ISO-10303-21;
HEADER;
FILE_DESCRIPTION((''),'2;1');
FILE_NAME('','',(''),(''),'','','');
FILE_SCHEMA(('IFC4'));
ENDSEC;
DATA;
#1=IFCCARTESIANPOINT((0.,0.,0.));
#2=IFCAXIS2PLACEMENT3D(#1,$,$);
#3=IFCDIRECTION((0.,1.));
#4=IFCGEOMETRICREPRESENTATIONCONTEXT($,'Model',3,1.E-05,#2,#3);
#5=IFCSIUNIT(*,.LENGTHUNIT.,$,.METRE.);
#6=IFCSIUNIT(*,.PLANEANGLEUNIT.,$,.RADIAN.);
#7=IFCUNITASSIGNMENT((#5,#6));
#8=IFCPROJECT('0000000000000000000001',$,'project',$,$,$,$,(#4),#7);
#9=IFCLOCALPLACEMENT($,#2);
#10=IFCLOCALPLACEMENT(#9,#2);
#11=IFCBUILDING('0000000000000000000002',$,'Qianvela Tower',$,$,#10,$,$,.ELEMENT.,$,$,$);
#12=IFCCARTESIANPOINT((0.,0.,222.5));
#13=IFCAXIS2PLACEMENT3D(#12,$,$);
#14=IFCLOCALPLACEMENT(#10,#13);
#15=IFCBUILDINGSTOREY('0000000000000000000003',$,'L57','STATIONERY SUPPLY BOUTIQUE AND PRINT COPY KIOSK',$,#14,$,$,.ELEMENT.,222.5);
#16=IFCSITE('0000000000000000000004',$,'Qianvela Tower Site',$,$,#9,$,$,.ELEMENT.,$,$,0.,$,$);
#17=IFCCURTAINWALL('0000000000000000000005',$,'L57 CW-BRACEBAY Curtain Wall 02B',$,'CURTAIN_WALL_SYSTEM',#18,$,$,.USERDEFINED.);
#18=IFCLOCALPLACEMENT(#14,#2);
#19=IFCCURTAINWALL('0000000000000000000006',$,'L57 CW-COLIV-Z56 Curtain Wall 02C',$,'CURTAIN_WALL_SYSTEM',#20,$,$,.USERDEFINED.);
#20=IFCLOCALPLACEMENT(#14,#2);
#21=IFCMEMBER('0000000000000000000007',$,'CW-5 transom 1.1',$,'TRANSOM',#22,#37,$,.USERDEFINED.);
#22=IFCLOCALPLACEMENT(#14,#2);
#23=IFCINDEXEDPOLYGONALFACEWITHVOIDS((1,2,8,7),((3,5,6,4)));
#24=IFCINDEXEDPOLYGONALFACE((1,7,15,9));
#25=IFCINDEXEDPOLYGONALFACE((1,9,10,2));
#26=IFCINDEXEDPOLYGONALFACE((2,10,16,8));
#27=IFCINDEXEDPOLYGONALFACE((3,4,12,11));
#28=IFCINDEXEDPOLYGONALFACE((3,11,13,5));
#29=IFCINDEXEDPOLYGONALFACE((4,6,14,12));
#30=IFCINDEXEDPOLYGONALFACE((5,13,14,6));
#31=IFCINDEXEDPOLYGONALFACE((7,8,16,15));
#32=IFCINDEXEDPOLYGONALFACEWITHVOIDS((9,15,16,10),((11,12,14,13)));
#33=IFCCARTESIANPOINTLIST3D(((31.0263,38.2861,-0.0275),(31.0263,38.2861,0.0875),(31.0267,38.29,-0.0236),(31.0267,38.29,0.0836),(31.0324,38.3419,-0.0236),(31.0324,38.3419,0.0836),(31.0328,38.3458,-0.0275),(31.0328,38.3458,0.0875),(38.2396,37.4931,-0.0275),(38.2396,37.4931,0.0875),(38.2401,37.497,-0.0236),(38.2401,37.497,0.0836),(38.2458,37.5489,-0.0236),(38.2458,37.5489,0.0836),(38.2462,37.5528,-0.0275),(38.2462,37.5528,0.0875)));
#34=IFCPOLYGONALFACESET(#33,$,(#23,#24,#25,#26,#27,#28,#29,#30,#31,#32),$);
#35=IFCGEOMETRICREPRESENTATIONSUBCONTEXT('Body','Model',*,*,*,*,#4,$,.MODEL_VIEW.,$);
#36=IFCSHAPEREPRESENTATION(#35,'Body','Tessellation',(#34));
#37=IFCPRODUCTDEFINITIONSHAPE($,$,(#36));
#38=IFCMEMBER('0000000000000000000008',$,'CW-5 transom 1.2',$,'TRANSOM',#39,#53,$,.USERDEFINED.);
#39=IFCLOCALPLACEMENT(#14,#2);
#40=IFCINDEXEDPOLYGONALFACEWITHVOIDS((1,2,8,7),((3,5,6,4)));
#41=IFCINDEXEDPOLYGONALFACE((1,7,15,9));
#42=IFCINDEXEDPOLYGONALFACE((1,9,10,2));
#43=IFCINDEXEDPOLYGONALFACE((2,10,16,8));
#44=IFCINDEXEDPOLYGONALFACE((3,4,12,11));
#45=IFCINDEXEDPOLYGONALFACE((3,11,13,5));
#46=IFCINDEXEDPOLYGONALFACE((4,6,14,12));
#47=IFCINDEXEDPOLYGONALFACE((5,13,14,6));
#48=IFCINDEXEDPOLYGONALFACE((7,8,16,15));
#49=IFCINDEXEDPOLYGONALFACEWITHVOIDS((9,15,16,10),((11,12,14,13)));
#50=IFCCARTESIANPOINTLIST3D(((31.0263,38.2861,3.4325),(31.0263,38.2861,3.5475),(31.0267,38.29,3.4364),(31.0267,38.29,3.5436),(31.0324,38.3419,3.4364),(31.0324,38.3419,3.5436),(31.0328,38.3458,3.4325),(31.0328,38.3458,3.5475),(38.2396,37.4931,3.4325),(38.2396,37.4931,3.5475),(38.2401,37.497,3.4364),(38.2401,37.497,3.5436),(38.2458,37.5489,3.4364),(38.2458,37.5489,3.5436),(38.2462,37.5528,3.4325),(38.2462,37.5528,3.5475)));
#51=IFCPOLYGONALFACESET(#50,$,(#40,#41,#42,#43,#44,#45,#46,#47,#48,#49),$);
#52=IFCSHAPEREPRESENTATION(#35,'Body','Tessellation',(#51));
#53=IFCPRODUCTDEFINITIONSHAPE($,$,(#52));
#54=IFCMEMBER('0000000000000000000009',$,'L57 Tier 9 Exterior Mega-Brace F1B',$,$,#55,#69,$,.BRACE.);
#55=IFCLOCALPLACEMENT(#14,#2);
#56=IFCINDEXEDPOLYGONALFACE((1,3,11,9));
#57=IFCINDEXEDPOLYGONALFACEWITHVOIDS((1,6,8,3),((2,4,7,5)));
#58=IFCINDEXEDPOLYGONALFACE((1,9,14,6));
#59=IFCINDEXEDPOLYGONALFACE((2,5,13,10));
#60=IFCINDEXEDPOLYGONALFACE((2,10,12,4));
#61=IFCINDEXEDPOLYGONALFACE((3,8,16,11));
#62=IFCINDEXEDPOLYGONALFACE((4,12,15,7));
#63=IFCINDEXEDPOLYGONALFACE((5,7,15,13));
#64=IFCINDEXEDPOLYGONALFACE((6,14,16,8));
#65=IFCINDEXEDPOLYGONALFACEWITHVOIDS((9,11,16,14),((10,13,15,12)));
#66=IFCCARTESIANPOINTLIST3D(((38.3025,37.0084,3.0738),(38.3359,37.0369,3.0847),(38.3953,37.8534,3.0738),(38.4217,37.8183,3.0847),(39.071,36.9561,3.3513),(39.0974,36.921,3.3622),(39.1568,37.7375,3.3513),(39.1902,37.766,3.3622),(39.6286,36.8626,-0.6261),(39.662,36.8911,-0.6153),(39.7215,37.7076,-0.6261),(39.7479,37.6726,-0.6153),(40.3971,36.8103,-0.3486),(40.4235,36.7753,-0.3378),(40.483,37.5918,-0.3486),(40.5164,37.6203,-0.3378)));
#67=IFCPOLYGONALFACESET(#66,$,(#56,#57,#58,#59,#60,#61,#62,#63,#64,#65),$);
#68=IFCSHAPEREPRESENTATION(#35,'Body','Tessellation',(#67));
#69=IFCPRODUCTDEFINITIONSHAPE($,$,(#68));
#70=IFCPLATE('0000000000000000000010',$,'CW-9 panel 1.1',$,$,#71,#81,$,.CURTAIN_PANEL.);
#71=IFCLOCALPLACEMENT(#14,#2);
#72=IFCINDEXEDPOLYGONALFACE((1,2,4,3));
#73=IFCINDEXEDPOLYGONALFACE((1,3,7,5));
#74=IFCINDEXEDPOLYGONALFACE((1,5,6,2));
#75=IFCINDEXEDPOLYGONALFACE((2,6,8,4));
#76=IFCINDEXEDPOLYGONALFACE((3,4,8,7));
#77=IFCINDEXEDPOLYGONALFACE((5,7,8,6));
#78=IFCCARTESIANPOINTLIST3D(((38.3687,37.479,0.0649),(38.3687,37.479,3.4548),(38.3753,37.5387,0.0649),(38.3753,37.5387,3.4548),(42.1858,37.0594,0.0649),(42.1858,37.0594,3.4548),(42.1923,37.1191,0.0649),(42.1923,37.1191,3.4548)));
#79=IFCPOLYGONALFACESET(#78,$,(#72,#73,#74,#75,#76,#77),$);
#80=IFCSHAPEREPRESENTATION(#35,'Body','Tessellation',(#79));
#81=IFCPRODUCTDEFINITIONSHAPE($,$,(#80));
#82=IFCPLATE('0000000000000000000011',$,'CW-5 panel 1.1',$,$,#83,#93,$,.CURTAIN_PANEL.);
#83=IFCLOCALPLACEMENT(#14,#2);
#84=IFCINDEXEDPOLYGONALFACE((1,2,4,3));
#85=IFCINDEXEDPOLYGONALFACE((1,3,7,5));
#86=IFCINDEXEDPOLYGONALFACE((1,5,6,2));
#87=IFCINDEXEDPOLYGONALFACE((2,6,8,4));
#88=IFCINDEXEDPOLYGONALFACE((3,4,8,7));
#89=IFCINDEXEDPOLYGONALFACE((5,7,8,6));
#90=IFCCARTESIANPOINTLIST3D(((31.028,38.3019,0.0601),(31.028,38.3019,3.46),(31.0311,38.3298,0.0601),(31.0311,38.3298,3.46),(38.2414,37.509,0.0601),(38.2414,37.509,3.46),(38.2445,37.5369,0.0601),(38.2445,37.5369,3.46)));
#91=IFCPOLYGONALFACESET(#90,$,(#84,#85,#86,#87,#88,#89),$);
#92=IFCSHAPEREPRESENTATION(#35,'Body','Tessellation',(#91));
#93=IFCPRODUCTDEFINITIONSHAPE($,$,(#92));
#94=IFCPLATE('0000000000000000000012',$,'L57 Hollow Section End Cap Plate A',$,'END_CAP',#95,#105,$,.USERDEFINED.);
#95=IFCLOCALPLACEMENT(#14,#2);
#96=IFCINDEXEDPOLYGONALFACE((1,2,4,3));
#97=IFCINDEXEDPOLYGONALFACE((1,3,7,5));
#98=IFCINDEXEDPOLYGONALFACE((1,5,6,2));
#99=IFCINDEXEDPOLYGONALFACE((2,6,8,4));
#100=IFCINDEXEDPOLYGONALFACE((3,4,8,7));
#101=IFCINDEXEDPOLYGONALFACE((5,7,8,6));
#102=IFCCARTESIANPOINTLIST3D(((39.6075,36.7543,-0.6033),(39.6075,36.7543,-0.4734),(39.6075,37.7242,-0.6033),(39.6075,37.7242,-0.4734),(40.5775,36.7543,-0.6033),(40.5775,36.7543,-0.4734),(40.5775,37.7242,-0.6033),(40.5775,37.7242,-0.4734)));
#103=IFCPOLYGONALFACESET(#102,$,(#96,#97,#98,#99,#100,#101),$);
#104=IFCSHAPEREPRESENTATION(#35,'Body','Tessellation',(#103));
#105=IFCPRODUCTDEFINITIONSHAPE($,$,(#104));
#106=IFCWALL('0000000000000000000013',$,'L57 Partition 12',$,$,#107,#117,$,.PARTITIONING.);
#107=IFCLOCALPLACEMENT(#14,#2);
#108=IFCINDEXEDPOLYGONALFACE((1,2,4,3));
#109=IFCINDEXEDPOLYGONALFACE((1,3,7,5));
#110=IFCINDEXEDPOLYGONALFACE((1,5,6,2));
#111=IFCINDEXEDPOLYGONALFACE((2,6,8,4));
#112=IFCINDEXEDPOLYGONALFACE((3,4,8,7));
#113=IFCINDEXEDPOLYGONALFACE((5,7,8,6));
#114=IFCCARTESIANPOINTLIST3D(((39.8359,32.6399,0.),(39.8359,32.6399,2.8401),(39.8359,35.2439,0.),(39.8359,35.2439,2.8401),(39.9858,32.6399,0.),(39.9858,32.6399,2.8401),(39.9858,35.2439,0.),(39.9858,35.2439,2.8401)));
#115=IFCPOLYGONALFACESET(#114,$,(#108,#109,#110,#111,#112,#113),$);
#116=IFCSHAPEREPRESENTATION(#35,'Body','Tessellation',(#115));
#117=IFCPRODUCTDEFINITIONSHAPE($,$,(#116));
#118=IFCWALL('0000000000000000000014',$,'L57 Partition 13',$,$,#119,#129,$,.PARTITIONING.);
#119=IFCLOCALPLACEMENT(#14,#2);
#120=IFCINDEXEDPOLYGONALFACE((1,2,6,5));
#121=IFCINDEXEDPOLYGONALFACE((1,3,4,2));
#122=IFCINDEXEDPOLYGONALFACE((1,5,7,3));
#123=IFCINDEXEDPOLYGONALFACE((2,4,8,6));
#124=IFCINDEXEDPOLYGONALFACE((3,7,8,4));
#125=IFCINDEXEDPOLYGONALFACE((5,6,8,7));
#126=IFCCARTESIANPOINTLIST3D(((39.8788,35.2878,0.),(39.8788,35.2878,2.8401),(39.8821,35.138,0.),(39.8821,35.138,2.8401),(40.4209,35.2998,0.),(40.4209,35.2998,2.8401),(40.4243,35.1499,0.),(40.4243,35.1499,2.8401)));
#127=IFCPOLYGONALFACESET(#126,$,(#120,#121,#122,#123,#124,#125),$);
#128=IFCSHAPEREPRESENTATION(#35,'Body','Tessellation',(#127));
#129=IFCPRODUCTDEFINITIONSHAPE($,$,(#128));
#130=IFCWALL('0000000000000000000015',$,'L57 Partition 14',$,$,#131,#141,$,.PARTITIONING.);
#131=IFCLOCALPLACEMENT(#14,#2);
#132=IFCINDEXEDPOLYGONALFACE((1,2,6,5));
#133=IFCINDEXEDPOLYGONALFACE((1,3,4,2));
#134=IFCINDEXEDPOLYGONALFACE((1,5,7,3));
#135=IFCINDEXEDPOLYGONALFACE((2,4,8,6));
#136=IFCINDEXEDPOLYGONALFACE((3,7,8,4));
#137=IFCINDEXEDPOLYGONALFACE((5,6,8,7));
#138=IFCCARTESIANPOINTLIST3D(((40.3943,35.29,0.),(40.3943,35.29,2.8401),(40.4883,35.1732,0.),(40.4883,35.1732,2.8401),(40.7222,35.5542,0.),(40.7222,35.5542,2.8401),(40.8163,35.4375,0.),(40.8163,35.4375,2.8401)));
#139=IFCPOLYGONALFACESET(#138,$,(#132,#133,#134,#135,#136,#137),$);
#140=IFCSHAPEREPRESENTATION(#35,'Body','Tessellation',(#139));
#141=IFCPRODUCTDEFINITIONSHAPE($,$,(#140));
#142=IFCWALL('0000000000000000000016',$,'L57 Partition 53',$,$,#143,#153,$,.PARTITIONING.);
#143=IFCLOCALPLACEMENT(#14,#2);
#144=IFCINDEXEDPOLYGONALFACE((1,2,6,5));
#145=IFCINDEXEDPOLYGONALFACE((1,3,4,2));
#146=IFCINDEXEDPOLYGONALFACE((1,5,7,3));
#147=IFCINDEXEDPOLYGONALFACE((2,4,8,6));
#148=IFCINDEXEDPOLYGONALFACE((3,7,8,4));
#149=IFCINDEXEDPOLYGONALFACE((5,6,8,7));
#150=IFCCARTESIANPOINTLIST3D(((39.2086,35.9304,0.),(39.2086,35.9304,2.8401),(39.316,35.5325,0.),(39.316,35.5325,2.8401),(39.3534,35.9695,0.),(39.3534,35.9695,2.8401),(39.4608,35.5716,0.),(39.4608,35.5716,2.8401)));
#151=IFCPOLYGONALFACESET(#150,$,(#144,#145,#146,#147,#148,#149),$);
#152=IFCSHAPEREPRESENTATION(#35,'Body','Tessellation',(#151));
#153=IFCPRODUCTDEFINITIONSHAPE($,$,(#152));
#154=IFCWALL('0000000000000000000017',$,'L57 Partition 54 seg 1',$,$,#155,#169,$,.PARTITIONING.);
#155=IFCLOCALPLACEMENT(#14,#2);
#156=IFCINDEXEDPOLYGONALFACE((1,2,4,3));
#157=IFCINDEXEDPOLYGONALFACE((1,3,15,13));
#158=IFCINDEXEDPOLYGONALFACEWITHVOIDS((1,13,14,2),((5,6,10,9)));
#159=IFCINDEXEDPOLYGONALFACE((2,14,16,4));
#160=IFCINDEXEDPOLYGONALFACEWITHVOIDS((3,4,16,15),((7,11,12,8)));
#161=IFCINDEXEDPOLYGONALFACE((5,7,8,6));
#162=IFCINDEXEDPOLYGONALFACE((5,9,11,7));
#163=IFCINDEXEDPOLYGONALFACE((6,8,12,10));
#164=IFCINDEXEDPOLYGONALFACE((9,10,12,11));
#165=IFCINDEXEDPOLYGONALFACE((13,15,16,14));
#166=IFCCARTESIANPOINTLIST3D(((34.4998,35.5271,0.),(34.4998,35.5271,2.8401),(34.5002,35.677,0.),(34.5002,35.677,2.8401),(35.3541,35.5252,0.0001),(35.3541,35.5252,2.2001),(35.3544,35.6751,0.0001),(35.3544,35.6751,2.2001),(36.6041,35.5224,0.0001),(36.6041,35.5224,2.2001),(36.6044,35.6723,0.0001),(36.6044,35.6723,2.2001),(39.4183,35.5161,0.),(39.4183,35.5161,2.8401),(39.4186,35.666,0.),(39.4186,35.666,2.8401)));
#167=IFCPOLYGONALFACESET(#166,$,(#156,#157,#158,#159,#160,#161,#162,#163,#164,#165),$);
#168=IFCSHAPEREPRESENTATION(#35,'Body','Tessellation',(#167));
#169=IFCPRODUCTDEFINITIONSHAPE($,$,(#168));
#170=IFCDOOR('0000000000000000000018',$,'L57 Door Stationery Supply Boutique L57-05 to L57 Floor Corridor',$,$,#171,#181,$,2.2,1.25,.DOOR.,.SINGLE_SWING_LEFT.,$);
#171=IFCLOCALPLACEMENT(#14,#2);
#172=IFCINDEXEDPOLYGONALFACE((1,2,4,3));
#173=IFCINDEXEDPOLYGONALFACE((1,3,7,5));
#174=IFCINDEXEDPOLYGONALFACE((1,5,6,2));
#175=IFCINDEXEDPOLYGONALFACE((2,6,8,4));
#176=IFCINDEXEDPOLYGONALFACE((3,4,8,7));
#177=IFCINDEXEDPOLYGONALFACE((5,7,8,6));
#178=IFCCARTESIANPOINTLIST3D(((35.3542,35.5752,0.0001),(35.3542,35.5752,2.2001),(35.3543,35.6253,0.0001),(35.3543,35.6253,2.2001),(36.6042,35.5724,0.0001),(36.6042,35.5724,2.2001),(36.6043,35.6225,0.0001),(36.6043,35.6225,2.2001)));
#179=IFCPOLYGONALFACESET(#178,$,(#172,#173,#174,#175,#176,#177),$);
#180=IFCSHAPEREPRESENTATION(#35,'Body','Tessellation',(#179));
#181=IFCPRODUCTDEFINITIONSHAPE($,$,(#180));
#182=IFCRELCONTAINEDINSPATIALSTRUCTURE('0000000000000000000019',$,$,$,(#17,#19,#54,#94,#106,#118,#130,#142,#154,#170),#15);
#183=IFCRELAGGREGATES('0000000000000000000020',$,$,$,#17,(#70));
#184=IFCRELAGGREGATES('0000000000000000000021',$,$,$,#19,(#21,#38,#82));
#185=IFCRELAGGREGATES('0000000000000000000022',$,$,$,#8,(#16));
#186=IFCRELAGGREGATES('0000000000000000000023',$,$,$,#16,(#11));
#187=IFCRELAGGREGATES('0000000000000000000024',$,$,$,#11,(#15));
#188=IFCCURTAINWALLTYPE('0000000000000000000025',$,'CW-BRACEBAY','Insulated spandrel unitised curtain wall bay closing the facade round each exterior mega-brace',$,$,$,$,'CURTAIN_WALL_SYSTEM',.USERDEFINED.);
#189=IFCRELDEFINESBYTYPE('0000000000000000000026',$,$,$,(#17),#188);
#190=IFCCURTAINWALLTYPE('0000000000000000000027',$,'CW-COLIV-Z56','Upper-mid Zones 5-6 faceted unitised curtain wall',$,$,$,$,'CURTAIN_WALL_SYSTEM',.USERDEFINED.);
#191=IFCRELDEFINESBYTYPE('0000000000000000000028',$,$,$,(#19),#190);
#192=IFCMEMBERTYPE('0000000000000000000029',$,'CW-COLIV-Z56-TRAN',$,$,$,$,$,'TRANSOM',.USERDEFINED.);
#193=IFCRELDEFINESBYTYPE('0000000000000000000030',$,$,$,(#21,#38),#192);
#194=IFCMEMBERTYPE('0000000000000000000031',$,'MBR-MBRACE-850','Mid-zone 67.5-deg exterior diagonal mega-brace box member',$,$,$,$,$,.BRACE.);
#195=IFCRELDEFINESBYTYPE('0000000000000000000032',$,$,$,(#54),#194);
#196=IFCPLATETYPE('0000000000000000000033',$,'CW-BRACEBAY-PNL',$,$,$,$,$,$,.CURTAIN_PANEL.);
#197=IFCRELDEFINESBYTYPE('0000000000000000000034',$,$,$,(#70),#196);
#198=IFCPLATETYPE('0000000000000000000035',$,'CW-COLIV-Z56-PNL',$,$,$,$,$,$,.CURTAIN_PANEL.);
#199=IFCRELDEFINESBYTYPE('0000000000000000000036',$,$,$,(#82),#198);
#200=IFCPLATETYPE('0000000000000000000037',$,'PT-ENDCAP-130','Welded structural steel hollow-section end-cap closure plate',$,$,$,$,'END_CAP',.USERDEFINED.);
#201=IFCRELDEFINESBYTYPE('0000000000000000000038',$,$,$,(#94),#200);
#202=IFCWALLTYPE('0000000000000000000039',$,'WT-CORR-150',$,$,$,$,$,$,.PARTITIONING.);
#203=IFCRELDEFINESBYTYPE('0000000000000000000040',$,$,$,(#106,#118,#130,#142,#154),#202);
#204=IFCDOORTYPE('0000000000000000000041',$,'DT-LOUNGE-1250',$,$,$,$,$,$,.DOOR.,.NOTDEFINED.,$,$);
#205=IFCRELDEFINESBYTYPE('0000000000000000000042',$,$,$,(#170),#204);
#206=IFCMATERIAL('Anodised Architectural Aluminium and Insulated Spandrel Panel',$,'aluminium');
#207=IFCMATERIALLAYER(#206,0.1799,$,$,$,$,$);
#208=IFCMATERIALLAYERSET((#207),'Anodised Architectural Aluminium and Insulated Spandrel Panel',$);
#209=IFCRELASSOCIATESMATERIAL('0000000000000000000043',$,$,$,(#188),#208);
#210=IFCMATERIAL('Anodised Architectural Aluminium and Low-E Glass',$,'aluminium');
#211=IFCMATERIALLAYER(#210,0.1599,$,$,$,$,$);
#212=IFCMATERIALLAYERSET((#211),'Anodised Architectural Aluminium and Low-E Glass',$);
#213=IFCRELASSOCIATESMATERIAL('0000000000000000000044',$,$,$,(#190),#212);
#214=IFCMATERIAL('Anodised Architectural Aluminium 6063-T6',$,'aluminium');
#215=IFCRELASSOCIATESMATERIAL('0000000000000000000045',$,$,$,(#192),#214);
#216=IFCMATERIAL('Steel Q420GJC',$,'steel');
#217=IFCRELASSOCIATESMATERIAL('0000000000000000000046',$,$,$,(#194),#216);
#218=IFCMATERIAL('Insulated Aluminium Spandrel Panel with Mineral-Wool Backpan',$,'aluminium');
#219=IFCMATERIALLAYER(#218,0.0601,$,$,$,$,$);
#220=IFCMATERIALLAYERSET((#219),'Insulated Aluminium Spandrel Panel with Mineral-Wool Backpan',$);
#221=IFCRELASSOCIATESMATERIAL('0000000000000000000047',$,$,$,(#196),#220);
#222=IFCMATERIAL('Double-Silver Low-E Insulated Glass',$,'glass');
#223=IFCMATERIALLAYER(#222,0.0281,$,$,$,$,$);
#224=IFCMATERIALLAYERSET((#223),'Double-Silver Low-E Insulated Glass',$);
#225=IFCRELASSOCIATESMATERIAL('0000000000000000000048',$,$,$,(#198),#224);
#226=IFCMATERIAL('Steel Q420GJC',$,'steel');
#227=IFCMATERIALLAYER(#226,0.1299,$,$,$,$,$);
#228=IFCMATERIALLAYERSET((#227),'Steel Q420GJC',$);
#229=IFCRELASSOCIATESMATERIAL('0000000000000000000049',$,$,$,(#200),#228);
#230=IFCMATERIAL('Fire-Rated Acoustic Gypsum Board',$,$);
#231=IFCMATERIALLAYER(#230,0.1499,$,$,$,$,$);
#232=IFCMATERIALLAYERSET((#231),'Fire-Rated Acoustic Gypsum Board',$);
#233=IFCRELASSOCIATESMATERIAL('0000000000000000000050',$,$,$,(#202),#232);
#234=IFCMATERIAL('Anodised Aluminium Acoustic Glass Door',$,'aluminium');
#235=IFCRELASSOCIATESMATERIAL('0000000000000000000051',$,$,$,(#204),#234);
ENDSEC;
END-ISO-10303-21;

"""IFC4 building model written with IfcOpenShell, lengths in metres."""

from ifc_helpers import new_model, si_unit, direction, frame, frame_2d, origin, origin_2d, place, context, subcontext, project, spatial, rectangle, hollow_rectangle, extrude, material, layer, layer_set, material_profile, profile_set, type_object, element, fill, aggregate, save


model = new_model("IFC4")

# Units and contexts
model_context = context("Model", 3, precision=1e-05, world=origin(), true_north=direction((0.0, 1.0)))
body_context = subcontext(model_context, "Body", "Model", "MODEL_VIEW")
ifc_project = project(units=[si_unit("LENGTHUNIT", "METRE"), si_unit("PLANEANGLEUNIT", "RADIAN")], contexts=[model_context])

# Site, building, storey
site_placement = place(None, origin())
site = spatial("IfcSite", under=ifc_project, at=site_placement, Name="Qianvela Tower Site", CompositionType="ELEMENT", RefElevation=0.0)
building_placement = place(site_placement, origin())
building = spatial("IfcBuilding", under=site, at=building_placement, Name="Qianvela Tower", CompositionType="ELEMENT")
storey_placement = place(building_placement, frame((0.0, 0.0, 222.5)))
storey = spatial("IfcBuildingStorey", under=building, at=storey_placement, Name="L57", Description="STATIONERY SUPPLY BOUTIQUE AND PRINT COPY KIOSK", CompositionType="ELEMENT", Elevation=222.5)

# Curtain wall
ifc_material_1 = material(Name="Anodised Architectural Aluminium and Insulated Spandrel Panel", Category="aluminium")
ifc_layer_1 = layer(ifc_material_1, 0.1799)
ifc_layer_set_1 = layer_set([ifc_layer_1], Name="Anodised Architectural Aluminium and Insulated Spandrel Panel")
curtain_wall_type_1 = type_object("IfcCurtainWallType", Name="CW-BRACEBAY", Description="Insulated spandrel unitised curtain wall bay closing the facade round each exterior mega-brace", ElementType="CURTAIN_WALL_SYSTEM", PredefinedType="USERDEFINED", material=ifc_layer_set_1)
curtain_wall_1_placement = place(storey_placement, origin())
curtain_wall_1 = element("IfcCurtainWall", 1, at=curtain_wall_1_placement, inside=storey, type_object=curtain_wall_type_1, Name="L57 CW-BRACEBAY Curtain Wall 02B", ObjectType="CURTAIN_WALL_SYSTEM", PredefinedType="USERDEFINED")

# Curtain wall, members
ifc_material_2 = material(Name="Anodised Architectural Aluminium and Low-E Glass", Category="aluminium")
ifc_layer_2 = layer(ifc_material_2, 0.1599)
ifc_layer_set_2 = layer_set([ifc_layer_2], Name="Anodised Architectural Aluminium and Low-E Glass")
curtain_wall_type_2 = type_object("IfcCurtainWallType", Name="CW-COLIV-Z56", Description="Upper-mid Zones 5-6 faceted unitised curtain wall", ElementType="CURTAIN_WALL_SYSTEM", PredefinedType="USERDEFINED", material=ifc_layer_set_2)
curtain_wall_2_placement = place(storey_placement, origin())
curtain_wall_2 = element("IfcCurtainWall", 2, at=curtain_wall_2_placement, inside=storey, type_object=curtain_wall_type_2, Name="L57 CW-COLIV-Z56 Curtain Wall 02C", ObjectType="CURTAIN_WALL_SYSTEM", PredefinedType="USERDEFINED")
ifc_material_3 = material(Name="Anodised Architectural Aluminium 6063-T6", Category="aluminium")
ifc_material_profile_1 = material_profile(ifc_material_3, hollow_rectangle(XDim=0.0601, YDim=0.115, WallThickness=0.0039, at=origin_2d()), Name="ALU-TRAN-60x115")
ifc_profile_set_1 = profile_set([ifc_material_profile_1], Name="Anodised Architectural Aluminium 6063-T6")
member_type_1 = type_object("IfcMemberType", Name="CW-COLIV-Z56-TRAN", ElementType="TRANSOM", PredefinedType="USERDEFINED", material=ifc_profile_set_1)
member_1_placement = place(storey_placement, frame((38.2429, 37.5229, 0.03), z_axis=(-0.994012, 0.109272, 0.0), x_axis=(-0.109272, -0.994012, 0.0)))
member_1 = element("IfcMember", 3, at=member_1_placement, type_object=member_type_1, Name="CW-5 transom 1.1", ObjectType="TRANSOM", PredefinedType="USERDEFINED", context=body_context, shape_type="SweptSolid", body=[
    extrude(hollow_rectangle(XDim=0.0601, YDim=0.115, WallThickness=0.0039, at=origin_2d()), origin(), (0.0, 0.0, 1.0), 7.2568),
])
member_2_placement = place(storey_placement, frame((38.2429, 37.5229, 3.49), z_axis=(-0.994012, 0.109272, 0.0), x_axis=(-0.109272, -0.994012, 0.0)))
member_2 = element("IfcMember", 4, at=member_2_placement, type_object=member_type_1, Name="CW-5 transom 1.2", ObjectType="TRANSOM", PredefinedType="USERDEFINED", context=body_context, shape_type="SweptSolid", body=[
    extrude(hollow_rectangle(XDim=0.0601, YDim=0.115, WallThickness=0.0039, at=origin_2d()), origin(), (0.0, 0.0, 1.0), 7.2568),
])

# Member
ifc_material_4 = material(Name="Steel Q420GJC", Category="steel")
ifc_material_profile_2 = material_profile(ifc_material_4, hollow_rectangle(XDim=0.8501, YDim=0.8501, WallThickness=0.032, at=origin_2d()), Name="MBOX-850x850x32")
ifc_profile_set_2 = profile_set([ifc_material_profile_2], Name="Steel Q420GJC")
member_type_2 = type_object("IfcMemberType", Name="MBR-MBRACE-850", Description="Mid-zone 67.5-deg exterior diagonal mega-brace box member", PredefinedType="BRACE", material=ifc_profile_set_2)
member_3_placement = place(storey_placement, frame((40.0725, 37.2415, -0.4819), z_axis=(-0.337179, 0.037057, 0.940711), x_axis=(-0.109246, -0.994015, 0.0)))
element("IfcMember", 5, at=member_3_placement, inside=storey, type_object=member_type_2, Name="L57 Tier 9 Exterior Mega-Brace F1B", PredefinedType="BRACE", context=body_context, shape_type="SweptSolid", body=[
    extrude(hollow_rectangle(XDim=0.8501, YDim=0.8501, WallThickness=0.032, at=origin_2d()), origin(), (0.0, 0.0, 1.0), 3.9331),
])

# Plates
ifc_material_5 = material(Name="Insulated Aluminium Spandrel Panel with Mineral-Wool Backpan", Category="aluminium")
ifc_layer_3 = layer(ifc_material_5, 0.0601)
ifc_layer_set_3 = layer_set([ifc_layer_3], Name="Insulated Aluminium Spandrel Panel with Mineral-Wool Backpan")
plate_type_1 = type_object("IfcPlateType", Name="CW-BRACEBAY-PNL", PredefinedType="CURTAIN_PANEL", material=ifc_layer_set_3)
plate_1_placement = place(storey_placement, frame((40.2805, 37.2991, 0.0649), z_axis=(0.0, 0.0, 1.0), x_axis=(-0.994012, 0.10927, 0.0)))
plate_1 = element("IfcPlate", 6, at=plate_1_placement, type_object=plate_type_1, Name="CW-9 panel 1.1", PredefinedType="CURTAIN_PANEL", context=body_context, shape_type="SweptSolid", body=[
    extrude(rectangle(XDim=3.8401, YDim=0.0601, at=origin_2d()), origin(), (0.0, 0.0, 1.0), 3.3899),
])
aggregate(curtain_wall_1, [plate_1])
ifc_material_6 = material(Name="Double-Silver Low-E Insulated Glass", Category="glass")
ifc_layer_4 = layer(ifc_material_6, 0.0281)
ifc_layer_set_4 = layer_set([ifc_layer_4], Name="Double-Silver Low-E Insulated Glass")
plate_type_2 = type_object("IfcPlateType", Name="CW-COLIV-Z56-PNL", PredefinedType="CURTAIN_PANEL", material=ifc_layer_set_4)
plate_2_placement = place(storey_placement, frame((34.6362, 37.9194, 0.0601), z_axis=(0.0, 0.0, 1.0), x_axis=(-0.994013, 0.109262, 0.0)))
plate_2 = element("IfcPlate", 7, at=plate_2_placement, type_object=plate_type_2, Name="CW-5 panel 1.1", PredefinedType="CURTAIN_PANEL", context=body_context, shape_type="SweptSolid", body=[
    extrude(rectangle(XDim=7.2568, YDim=0.0281, at=origin_2d()), origin(), (0.0, 0.0, 1.0), 3.3999),
])
aggregate(curtain_wall_2, [member_1, member_2, plate_2])
ifc_material_7 = material(Name="Steel Q420GJC", Category="steel")
ifc_layer_5 = layer(ifc_material_7, 0.1299)
ifc_layer_set_5 = layer_set([ifc_layer_5], Name="Steel Q420GJC")
plate_type_3 = type_object("IfcPlateType", Name="PT-ENDCAP-130", Description="Welded structural steel hollow-section end-cap closure plate", ElementType="END_CAP", PredefinedType="USERDEFINED", material=ifc_layer_set_5)
plate_3_placement = place(storey_placement, frame((40.0925, 37.2393, -0.6033), z_axis=(0.0, 0.0, 1.0), x_axis=(1.0, 0.0, 0.0)))
element("IfcPlate", 8, at=plate_3_placement, inside=storey, type_object=plate_type_3, Name="L57 Hollow Section End Cap Plate A", ObjectType="END_CAP", PredefinedType="USERDEFINED", context=body_context, shape_type="SweptSolid", body=[
    extrude(rectangle(XDim=0.97, YDim=0.97, at=origin_2d()), origin(), (0.0, 0.0, 1.0), 0.1299),
])

# Walls
ifc_material_8 = material(Name="Fire-Rated Acoustic Gypsum Board")
ifc_layer_6 = layer(ifc_material_8, 0.1499)
ifc_layer_set_6 = layer_set([ifc_layer_6], Name="Fire-Rated Acoustic Gypsum Board")
wall_type_1 = type_object("IfcWallType", Name="WT-CORR-150", PredefinedType="PARTITIONING", material=ifc_layer_set_6)
wall_1_placement = place(storey_placement, frame((39.9109, 32.6399, 0.0), z_axis=(0.0, 0.0, 1.0), x_axis=(0.0, 1.0, 0.0)))
element("IfcWall", 9, at=wall_1_placement, inside=storey, type_object=wall_type_1, Name="L57 Partition 12", PredefinedType="PARTITIONING", context=body_context, shape_type="SweptSolid", body=[
    extrude(rectangle(XDim=2.604, YDim=0.1499, at=frame_2d((1.302, 0.0))), origin(), (0.0, 0.0, 1.0), 2.8401),
])
wall_2_placement = place(storey_placement, frame((39.8806, 35.2129, 0.0), z_axis=(0.0, 0.0, 1.0), x_axis=(0.999757, 0.022067, 0.0)))
element("IfcWall", 10, at=wall_2_placement, inside=storey, type_object=wall_type_1, Name="L57 Partition 13", PredefinedType="PARTITIONING", context=body_context, shape_type="SweptSolid", body=[
    extrude(rectangle(XDim=0.5422, YDim=0.1499, at=frame_2d((0.271, 0.0))), origin(), (0.0, 0.0, 1.0), 2.8401),
])
wall_3_placement = place(storey_placement, frame((40.4414, 35.2317, 0.0), z_axis=(0.0, 0.0, 1.0), x_axis=(0.778715, 0.627378, 0.0)))
element("IfcWall", 11, at=wall_3_placement, inside=storey, type_object=wall_type_1, Name="L57 Partition 14", PredefinedType="PARTITIONING", context=body_context, shape_type="SweptSolid", body=[
    extrude(rectangle(XDim=0.4211, YDim=0.1499, at=frame_2d((0.2104, 0.0))), origin(), (0.0, 0.0, 1.0), 2.8401),
])
wall_4_placement = place(storey_placement, frame((39.281, 35.95, 0.0), z_axis=(0.0, 0.0, 1.0), x_axis=(0.260611, -0.965444, 0.0)))
element("IfcWall", 12, at=wall_4_placement, inside=storey, type_object=wall_type_1, Name="L57 Partition 53", PredefinedType="PARTITIONING", context=body_context, shape_type="SweptSolid", body=[
    extrude(rectangle(XDim=0.4121, YDim=0.1499, at=frame_2d((0.2061, 0.0))), origin(), (0.0, 0.0, 1.0), 2.8401),
])

# Wall, opening, door
wall_5_placement = place(storey_placement, frame((39.4185, 35.5911, 0.0), z_axis=(0.0, 0.0, 1.0), x_axis=(-0.999998, 0.002234, 0.0)))
wall_5 = element("IfcWall", 13, at=wall_5_placement, inside=storey, type_object=wall_type_1, Name="L57 Partition 54 seg 1", PredefinedType="PARTITIONING", context=body_context, shape_type="SweptSolid", body=[
    extrude(rectangle(XDim=4.9185, YDim=0.1499, at=frame_2d((2.4592, 0.0))), origin(), (0.0, 0.0, 1.0), 2.8401),
])
opening_1_placement = place(wall_5_placement, frame((2.8142, 0.0, 0.0)))
opening_1 = element("IfcOpeningElement", 14, at=opening_1_placement, cuts=wall_5, PredefinedType="OPENING", context=body_context, shape_type="SweptSolid", body=[
    extrude(rectangle(XDim=1.25, YDim=2.2, at=frame_2d((0.625, 1.1001))), frame((0.0, 0.085, 0.0), z_axis=(0.0, -1.0, 0.0), x_axis=(1.0, 0.0, 0.0)), (0.0, 0.0, 1.0), 0.1699),
])
ifc_material_9 = material(Name="Anodised Aluminium Acoustic Glass Door", Category="aluminium")
door_type_1 = type_object("IfcDoorType", Name="DT-LOUNGE-1250", OperationType="NOTDEFINED", PredefinedType="DOOR", material=ifc_material_9)
door_1_placement = place(opening_1_placement, origin())
door_1 = element("IfcDoor", 15, at=door_1_placement, inside=storey, type_object=door_type_1, Name="L57 Door Stationery Supply Boutique L57-05 to L57 Floor Corridor", OperationType="SINGLE_SWING_LEFT", OverallHeight=2.2, OverallWidth=1.25, PredefinedType="DOOR", context=body_context, shape_type="SweptSolid", body=[
    extrude(rectangle(XDim=1.25, YDim=2.2, at=frame_2d((0.625, 1.1001))), frame((0.0, 0.0249, 0.0), z_axis=(0.0, -1.0, 0.0), x_axis=(1.0, 0.0, 0.0)), (0.0, 0.0, 1.0), 0.05),
])
fill(opening_1, door_1)

save(model, "model.ifc")
